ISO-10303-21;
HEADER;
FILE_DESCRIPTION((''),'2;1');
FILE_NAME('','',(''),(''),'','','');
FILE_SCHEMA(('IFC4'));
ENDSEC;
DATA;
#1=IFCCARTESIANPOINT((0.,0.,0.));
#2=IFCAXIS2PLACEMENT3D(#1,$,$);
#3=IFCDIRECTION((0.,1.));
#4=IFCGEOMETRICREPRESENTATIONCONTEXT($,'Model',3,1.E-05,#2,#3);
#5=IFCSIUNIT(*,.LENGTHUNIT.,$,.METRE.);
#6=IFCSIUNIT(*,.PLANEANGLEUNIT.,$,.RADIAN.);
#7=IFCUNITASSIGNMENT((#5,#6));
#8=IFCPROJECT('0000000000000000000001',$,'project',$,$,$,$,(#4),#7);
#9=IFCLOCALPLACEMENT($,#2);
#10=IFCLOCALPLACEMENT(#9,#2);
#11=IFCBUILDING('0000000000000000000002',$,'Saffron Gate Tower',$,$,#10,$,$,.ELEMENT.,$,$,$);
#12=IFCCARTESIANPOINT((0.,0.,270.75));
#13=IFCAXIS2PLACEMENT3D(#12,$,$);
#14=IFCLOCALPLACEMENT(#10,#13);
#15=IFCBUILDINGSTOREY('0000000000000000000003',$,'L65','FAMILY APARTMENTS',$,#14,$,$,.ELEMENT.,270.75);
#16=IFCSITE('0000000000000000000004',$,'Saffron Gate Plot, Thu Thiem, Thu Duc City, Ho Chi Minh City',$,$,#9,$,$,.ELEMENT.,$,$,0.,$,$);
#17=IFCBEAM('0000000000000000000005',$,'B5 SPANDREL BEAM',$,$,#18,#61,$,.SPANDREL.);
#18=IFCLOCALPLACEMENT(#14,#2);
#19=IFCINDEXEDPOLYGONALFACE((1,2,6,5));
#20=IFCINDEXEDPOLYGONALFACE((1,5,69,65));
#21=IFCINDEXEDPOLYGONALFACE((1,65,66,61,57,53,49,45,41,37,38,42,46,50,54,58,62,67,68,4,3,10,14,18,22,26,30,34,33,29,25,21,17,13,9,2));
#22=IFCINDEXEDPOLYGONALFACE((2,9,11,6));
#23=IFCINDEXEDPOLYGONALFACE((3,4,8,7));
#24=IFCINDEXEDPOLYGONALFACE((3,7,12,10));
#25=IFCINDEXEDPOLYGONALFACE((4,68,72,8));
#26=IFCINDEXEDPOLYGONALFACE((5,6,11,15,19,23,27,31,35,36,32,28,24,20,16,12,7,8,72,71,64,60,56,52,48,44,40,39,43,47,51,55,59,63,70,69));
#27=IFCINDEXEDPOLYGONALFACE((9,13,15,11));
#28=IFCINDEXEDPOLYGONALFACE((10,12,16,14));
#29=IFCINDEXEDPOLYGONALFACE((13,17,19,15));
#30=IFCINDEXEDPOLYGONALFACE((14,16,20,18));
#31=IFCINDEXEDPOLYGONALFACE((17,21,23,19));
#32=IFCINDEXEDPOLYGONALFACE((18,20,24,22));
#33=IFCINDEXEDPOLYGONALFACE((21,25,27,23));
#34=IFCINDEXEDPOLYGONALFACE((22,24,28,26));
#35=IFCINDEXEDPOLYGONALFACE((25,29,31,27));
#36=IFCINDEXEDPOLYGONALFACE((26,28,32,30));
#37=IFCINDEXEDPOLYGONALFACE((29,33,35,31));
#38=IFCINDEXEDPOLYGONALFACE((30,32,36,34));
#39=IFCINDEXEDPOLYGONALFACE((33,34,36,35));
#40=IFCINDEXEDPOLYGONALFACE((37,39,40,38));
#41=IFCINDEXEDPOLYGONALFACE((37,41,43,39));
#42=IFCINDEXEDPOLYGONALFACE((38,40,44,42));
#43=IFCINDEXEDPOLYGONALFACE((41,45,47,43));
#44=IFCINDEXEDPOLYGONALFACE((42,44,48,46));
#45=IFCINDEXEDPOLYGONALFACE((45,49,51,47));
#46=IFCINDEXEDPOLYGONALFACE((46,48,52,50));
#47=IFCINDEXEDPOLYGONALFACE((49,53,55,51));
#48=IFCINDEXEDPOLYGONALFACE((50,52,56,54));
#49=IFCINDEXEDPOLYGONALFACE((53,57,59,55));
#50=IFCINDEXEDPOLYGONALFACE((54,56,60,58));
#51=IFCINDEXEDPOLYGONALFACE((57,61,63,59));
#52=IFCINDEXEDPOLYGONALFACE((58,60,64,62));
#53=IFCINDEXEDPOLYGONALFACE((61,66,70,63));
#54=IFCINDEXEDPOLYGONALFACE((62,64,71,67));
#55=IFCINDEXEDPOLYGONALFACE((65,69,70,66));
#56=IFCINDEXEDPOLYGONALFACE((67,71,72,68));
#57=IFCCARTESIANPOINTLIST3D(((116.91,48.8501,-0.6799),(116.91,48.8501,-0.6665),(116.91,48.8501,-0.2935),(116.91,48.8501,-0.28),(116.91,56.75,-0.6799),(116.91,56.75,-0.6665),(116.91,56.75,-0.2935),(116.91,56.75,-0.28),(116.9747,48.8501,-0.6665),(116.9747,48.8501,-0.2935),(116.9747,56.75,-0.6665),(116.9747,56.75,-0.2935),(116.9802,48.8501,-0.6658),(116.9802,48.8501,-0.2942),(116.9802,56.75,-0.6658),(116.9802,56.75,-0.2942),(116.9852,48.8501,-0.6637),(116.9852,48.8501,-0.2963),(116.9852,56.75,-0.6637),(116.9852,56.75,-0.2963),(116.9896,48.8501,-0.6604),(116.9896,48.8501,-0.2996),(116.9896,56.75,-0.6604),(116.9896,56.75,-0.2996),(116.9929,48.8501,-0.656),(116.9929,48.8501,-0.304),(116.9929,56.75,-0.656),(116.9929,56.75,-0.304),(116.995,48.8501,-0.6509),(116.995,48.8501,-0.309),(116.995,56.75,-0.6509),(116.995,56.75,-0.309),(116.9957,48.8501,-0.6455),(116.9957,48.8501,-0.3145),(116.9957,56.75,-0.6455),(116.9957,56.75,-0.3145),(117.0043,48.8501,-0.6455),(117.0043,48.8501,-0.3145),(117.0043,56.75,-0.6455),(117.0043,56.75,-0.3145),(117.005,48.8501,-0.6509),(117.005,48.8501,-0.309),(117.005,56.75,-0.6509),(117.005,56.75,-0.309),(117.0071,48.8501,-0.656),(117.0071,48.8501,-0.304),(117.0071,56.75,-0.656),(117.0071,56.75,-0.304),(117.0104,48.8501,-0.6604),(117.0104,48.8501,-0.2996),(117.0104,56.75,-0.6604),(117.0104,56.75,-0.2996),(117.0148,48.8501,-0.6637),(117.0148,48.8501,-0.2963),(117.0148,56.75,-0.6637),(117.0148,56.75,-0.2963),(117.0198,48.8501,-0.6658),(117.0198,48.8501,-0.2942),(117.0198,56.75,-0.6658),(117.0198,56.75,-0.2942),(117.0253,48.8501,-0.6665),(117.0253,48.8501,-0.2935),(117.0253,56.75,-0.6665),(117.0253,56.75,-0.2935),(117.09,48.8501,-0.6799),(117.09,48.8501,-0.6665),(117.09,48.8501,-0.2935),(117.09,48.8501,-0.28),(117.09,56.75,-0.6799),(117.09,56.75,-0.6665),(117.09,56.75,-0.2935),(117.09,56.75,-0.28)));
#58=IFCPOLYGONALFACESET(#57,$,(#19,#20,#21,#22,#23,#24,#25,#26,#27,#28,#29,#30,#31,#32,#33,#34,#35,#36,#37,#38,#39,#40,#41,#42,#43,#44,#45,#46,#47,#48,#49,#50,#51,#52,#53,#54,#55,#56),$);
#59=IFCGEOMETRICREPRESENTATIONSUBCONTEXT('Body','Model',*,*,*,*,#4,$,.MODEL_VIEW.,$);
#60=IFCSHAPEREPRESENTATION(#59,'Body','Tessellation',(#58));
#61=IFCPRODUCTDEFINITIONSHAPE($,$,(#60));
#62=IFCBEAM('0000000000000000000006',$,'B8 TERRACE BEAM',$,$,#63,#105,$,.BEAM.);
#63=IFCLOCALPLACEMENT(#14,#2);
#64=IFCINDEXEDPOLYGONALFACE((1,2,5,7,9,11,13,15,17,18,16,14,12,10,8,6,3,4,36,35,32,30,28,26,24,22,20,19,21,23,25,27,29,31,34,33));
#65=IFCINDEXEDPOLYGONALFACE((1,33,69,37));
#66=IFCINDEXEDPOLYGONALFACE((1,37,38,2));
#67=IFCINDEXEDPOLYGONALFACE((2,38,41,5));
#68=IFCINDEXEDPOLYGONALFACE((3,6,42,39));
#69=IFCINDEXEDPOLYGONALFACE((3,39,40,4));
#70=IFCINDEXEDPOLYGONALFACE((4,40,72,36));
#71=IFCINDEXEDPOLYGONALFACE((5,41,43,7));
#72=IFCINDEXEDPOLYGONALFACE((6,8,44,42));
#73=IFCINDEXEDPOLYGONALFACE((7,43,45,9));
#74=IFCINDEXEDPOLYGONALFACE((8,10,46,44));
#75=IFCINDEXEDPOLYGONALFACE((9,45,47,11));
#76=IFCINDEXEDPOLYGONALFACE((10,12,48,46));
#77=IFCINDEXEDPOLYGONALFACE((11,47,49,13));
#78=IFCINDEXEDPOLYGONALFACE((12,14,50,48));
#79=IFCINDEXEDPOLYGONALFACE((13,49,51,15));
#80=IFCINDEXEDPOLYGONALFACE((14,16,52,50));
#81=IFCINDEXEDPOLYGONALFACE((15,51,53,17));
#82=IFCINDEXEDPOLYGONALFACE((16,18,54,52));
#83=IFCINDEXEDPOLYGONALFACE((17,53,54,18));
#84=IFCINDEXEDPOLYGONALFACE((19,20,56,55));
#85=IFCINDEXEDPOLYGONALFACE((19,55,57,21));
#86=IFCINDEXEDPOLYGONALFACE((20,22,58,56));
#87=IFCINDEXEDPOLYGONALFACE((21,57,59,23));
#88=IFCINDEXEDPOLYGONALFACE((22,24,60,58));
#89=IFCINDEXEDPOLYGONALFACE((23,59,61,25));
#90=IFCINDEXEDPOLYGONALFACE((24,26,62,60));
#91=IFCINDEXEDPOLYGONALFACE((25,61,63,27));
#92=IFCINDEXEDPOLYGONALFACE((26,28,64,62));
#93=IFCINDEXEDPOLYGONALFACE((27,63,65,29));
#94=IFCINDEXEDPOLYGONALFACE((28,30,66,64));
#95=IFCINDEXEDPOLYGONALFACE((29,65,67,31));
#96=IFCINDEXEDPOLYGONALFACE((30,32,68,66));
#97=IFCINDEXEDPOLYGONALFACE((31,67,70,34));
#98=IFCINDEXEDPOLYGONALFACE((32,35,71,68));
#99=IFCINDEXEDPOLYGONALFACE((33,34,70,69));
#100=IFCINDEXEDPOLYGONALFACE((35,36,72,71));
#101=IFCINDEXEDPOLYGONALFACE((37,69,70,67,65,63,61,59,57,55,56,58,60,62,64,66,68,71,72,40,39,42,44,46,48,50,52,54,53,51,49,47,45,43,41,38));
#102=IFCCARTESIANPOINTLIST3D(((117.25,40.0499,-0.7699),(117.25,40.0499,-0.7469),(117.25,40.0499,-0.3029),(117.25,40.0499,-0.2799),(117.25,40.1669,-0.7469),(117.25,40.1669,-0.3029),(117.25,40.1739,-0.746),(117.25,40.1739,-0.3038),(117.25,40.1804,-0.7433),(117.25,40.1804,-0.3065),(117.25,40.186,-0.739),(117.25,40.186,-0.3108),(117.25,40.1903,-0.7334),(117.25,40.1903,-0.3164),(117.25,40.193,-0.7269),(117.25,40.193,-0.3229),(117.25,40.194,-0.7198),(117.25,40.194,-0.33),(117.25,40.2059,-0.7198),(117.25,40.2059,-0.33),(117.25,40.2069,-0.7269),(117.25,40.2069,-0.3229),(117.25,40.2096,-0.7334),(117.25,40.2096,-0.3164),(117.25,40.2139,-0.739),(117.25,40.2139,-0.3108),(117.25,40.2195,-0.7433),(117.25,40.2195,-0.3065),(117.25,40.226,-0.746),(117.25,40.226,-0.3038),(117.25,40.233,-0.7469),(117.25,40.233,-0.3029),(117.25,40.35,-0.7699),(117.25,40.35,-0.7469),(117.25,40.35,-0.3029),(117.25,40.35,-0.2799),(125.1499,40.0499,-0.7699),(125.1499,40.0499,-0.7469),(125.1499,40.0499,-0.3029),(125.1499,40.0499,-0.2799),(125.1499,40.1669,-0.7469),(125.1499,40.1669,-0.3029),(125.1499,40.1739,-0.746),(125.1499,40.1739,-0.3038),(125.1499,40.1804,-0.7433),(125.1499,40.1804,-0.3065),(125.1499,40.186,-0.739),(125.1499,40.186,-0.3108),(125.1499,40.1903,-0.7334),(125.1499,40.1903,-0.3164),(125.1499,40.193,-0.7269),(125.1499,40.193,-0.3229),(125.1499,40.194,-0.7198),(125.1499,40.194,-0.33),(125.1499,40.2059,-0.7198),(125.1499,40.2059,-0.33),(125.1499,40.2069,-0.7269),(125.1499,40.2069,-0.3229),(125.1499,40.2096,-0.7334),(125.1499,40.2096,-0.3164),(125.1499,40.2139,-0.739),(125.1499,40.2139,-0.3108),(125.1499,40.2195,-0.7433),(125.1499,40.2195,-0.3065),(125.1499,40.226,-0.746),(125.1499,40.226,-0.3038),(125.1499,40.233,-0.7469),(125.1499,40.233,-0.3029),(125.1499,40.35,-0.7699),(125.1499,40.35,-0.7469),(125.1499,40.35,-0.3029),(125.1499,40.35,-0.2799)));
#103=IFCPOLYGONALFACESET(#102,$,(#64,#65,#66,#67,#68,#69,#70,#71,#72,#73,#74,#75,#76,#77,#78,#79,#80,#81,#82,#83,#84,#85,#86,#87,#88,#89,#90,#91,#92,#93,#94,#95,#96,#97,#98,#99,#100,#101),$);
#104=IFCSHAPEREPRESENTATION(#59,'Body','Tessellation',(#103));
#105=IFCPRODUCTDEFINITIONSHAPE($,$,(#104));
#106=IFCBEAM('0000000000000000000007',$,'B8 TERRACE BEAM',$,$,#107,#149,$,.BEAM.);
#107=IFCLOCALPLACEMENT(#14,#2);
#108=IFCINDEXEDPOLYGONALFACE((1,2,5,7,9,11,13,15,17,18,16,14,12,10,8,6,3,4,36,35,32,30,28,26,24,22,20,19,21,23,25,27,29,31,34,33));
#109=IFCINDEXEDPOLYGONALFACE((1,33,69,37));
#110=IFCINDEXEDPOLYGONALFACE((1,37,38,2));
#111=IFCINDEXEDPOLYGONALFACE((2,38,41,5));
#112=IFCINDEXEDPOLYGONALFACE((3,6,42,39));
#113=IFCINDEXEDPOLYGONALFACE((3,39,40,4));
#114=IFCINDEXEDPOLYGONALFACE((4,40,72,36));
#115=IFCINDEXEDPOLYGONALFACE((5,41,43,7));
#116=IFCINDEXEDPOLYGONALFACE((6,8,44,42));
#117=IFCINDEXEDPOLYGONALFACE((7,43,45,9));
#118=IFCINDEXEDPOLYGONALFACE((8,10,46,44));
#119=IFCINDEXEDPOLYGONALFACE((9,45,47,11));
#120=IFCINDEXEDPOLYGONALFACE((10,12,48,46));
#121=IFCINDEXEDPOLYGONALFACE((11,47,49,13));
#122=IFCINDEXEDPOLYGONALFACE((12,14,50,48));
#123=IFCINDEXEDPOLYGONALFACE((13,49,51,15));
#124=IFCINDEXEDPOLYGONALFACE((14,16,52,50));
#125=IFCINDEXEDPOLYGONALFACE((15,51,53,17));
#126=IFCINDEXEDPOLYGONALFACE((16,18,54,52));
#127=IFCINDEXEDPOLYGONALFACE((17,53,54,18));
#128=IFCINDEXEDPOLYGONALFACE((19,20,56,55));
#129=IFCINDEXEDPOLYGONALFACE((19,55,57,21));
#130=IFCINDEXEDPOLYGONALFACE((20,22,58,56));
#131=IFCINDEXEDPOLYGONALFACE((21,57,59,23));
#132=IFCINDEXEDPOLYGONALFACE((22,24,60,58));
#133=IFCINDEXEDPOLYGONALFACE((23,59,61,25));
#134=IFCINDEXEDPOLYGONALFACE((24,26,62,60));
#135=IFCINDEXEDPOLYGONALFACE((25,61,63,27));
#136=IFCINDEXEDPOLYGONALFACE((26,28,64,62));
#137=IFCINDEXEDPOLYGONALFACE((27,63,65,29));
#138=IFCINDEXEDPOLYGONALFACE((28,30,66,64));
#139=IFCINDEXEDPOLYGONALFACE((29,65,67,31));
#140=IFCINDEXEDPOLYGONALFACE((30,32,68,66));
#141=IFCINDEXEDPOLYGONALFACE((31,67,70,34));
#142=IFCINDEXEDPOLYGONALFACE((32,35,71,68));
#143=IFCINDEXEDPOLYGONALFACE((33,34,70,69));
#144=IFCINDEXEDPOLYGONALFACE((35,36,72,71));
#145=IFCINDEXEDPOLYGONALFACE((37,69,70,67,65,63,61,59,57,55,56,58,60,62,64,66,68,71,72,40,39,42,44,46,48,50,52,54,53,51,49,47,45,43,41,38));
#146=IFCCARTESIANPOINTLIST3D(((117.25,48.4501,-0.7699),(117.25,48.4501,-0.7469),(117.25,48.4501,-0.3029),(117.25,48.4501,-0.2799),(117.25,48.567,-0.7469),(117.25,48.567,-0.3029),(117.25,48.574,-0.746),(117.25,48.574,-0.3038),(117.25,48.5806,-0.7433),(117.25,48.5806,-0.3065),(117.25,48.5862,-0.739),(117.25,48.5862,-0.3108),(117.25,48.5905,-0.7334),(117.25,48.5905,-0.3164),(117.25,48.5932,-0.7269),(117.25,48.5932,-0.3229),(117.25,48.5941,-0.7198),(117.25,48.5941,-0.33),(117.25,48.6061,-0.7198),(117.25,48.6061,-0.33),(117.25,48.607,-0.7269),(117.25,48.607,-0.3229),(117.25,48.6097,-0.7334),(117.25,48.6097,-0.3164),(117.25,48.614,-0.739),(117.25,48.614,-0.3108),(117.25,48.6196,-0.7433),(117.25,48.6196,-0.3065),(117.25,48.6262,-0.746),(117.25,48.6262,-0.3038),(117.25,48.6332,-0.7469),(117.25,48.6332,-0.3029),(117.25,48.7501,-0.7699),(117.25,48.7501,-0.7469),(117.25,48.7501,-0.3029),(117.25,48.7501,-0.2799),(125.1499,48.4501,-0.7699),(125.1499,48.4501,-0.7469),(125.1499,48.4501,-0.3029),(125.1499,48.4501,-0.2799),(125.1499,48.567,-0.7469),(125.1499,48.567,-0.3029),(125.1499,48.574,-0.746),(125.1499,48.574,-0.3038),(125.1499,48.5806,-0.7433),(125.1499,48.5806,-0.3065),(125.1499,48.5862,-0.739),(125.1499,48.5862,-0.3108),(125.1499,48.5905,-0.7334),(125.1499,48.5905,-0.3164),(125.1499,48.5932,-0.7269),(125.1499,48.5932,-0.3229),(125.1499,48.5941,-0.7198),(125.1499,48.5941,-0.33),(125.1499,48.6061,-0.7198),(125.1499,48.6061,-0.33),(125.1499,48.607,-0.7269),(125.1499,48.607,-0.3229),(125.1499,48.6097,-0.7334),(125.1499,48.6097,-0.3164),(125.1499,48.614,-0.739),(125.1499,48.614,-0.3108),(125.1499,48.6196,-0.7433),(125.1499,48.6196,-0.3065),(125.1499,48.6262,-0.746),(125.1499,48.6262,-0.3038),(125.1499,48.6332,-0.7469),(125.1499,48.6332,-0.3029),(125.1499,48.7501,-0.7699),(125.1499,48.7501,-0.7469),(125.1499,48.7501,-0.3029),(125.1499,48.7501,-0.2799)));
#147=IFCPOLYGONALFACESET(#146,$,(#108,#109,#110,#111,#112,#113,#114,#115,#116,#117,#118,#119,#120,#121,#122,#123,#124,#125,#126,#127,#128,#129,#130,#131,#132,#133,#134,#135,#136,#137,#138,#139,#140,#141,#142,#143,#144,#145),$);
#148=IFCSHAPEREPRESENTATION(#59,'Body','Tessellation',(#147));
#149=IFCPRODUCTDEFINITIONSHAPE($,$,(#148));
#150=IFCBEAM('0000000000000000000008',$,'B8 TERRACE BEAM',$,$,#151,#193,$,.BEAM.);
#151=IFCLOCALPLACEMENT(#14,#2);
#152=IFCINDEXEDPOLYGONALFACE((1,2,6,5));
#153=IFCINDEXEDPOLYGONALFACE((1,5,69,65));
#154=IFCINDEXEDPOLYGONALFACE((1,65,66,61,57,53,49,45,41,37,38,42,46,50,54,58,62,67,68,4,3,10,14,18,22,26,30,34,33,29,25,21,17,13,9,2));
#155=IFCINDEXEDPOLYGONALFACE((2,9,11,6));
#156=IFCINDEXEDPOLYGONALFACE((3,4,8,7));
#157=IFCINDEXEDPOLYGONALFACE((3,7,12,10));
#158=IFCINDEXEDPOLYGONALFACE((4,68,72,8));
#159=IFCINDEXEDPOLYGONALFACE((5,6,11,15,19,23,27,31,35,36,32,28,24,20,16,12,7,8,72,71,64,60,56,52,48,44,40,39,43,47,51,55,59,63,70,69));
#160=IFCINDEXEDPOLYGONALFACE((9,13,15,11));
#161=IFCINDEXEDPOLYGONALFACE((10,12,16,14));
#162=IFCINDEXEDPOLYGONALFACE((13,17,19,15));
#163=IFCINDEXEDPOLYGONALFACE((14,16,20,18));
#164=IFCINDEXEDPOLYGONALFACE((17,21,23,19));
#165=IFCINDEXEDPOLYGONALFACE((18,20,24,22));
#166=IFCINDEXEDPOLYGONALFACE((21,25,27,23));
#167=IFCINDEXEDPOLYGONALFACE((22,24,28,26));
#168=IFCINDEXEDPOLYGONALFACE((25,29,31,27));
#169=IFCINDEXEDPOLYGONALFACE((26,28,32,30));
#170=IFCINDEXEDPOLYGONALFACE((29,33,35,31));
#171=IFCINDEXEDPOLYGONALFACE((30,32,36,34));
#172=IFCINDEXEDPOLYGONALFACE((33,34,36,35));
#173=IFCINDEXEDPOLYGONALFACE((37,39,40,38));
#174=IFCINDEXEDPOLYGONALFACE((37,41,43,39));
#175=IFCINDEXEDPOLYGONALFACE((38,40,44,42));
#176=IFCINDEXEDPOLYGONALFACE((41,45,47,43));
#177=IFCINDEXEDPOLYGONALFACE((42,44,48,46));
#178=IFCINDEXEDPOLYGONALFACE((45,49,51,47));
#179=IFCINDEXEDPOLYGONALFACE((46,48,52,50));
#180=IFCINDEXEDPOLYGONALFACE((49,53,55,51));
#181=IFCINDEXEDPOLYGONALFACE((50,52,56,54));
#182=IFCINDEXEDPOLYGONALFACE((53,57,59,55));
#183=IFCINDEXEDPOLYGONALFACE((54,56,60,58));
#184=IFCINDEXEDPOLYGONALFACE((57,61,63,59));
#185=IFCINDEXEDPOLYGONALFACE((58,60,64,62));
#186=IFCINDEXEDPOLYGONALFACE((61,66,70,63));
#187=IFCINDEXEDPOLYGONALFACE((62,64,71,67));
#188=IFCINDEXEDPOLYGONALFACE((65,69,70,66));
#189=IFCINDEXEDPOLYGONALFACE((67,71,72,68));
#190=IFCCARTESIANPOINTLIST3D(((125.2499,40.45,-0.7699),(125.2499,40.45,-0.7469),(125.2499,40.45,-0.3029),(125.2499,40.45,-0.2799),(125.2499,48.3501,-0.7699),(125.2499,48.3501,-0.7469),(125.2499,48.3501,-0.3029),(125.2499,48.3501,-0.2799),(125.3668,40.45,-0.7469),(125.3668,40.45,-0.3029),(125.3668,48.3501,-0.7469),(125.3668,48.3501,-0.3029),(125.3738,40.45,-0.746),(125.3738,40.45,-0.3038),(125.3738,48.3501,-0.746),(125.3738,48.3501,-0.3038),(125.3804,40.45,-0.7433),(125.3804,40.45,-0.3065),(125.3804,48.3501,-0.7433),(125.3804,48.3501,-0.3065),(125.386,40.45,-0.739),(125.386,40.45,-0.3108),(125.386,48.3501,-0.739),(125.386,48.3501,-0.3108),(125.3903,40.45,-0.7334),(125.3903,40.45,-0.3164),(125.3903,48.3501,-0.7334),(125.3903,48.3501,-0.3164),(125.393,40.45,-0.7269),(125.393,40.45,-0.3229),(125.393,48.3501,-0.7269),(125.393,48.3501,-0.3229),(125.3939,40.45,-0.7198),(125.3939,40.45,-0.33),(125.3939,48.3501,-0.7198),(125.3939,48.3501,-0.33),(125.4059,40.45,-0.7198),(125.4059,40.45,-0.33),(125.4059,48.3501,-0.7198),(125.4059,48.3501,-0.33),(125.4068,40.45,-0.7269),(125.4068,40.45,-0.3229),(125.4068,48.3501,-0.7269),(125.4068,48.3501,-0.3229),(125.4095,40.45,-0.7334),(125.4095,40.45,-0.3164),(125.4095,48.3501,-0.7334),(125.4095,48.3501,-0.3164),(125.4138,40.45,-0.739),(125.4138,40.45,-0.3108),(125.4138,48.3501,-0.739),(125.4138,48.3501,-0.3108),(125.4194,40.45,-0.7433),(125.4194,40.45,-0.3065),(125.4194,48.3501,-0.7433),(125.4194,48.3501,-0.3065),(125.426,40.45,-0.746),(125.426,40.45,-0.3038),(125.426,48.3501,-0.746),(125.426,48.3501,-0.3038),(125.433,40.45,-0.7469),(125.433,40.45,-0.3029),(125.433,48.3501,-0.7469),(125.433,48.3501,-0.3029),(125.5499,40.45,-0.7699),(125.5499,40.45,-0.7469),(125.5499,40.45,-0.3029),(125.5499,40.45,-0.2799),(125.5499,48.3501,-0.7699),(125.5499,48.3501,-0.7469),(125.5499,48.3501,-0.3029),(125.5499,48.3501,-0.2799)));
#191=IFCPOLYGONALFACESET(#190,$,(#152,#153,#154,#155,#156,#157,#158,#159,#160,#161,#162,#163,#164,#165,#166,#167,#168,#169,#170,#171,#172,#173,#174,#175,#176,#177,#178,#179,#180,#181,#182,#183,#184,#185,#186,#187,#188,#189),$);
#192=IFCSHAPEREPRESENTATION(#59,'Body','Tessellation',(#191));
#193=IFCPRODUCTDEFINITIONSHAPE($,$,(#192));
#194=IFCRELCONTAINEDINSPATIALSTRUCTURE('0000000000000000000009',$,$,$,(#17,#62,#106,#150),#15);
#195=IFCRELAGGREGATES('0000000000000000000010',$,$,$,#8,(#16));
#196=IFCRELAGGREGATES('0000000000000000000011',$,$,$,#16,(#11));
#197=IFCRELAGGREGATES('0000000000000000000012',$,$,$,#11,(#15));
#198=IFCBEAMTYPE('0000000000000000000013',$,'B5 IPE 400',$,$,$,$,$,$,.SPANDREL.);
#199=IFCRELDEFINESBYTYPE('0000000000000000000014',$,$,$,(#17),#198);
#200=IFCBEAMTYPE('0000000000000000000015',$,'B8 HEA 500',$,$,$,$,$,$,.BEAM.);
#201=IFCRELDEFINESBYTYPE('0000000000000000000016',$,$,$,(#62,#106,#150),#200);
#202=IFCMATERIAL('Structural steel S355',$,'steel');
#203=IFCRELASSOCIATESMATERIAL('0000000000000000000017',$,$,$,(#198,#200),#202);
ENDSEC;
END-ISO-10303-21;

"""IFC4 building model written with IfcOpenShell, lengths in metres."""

from ifc_helpers import new_model, si_unit, direction, frame, origin, origin_2d, place, context, subcontext, project, spatial, i_section, extrude, material, material_profile, profile_set, type_object, element, save


model = new_model("IFC4")

# Units and contexts
model_context = context("Model", 3, precision=1e-05, world=origin(), true_north=direction((0.0, 1.0)))
body_context = subcontext(model_context, "Body", "Model", "MODEL_VIEW")
ifc_project = project(units=[si_unit("LENGTHUNIT", "METRE"), si_unit("PLANEANGLEUNIT", "RADIAN")], contexts=[model_context])

# Site, building, storey
site_placement = place(None, origin())
site = spatial("IfcSite", under=ifc_project, at=site_placement, Name="Saffron Gate Plot, Thu Thiem, Thu Duc City, Ho Chi Minh City", CompositionType="ELEMENT", RefElevation=0.0)
building_placement = place(site_placement, origin())
building = spatial("IfcBuilding", under=site, at=building_placement, Name="Saffron Gate Tower", CompositionType="ELEMENT")
storey_placement = place(building_placement, frame((0.0, 0.0, 270.75)))
storey = spatial("IfcBuildingStorey", under=building, at=storey_placement, Name="L65", Description="FAMILY APARTMENTS", CompositionType="ELEMENT", Elevation=270.75)

# Beams
ifc_material_1 = material(Name="Structural steel S355", Category="steel")
ifc_material_profile_1 = material_profile(ifc_material_1, i_section(OverallWidth=0.1799, OverallDepth=0.3999, WebThickness=0.0085, FlangeThickness=0.0134, FilletRadius=0.021, at=origin_2d()))
ifc_profile_set_1 = profile_set([ifc_material_profile_1], Name="Structural steel S355")
beam_type_1 = type_object("IfcBeamType", Name="B5 IPE 400", PredefinedType="SPANDREL", material=ifc_profile_set_1)
beam_1_placement = place(storey_placement, frame((117.0, 48.8501, -0.48), z_axis=(0.0, 1.0, 0.0), x_axis=(-1.0, 0.0, 0.0)))
element("IfcBeam", 1, at=beam_1_placement, inside=storey, type_object=beam_type_1, Name="B5 SPANDREL BEAM", PredefinedType="SPANDREL", context=body_context, shape_type="SweptSolid", body=[
    extrude(i_section(OverallWidth=0.1799, OverallDepth=0.3999, WebThickness=0.0085, FlangeThickness=0.0134, FilletRadius=0.021, at=origin_2d()), origin(), (0.0, 0.0, 1.0), 7.8999),
])
ifc_material_profile_2 = material_profile(ifc_material_1, i_section(OverallWidth=0.3, OverallDepth=0.49, WebThickness=0.012, FlangeThickness=0.0229, FilletRadius=0.0271, at=origin_2d()))
ifc_profile_set_2 = profile_set([ifc_material_profile_2], Name="Structural steel S355")
beam_type_2 = type_object("IfcBeamType", Name="B8 HEA 500", PredefinedType="BEAM", material=ifc_profile_set_2)
for number, where, z_axis, x_axis, name in (
    (2, (117.25, 40.2, -0.5249), (1.0, 0.0, 0.0), (0.0, 1.0, 0.0), "B8 TERRACE BEAM"),
    (3, (117.25, 48.6001, -0.5249), (1.0, 0.0, 0.0), (0.0, 1.0, 0.0), "B8 TERRACE BEAM"),
):
    element("IfcBeam", number, at=place(storey_placement, frame(where, z_axis=z_axis, x_axis=x_axis)), inside=storey, type_object=beam_type_2, Name=name, PredefinedType="BEAM", context=body_context, shape_type="SweptSolid", body=[
        extrude(i_section(OverallWidth=0.3, OverallDepth=0.49, WebThickness=0.012, FlangeThickness=0.0229, FilletRadius=0.0271, at=origin_2d()), origin(), (0.0, 0.0, 1.0), 7.8999),
    ])
beam_2_placement = place(storey_placement, frame((125.3999, 40.45, -0.5249), z_axis=(0.0, 1.0, 0.0), x_axis=(-1.0, 0.0, 0.0)))
element("IfcBeam", 4, at=beam_2_placement, inside=storey, type_object=beam_type_2, Name="B8 TERRACE BEAM", PredefinedType="BEAM", context=body_context, shape_type="SweptSolid", body=[
    extrude(i_section(OverallWidth=0.3, OverallDepth=0.49, WebThickness=0.012, FlangeThickness=0.0229, FilletRadius=0.0271, at=origin_2d()), origin(), (0.0, 0.0, 1.0), 7.9001),
])

save(model, "model.ifc")
